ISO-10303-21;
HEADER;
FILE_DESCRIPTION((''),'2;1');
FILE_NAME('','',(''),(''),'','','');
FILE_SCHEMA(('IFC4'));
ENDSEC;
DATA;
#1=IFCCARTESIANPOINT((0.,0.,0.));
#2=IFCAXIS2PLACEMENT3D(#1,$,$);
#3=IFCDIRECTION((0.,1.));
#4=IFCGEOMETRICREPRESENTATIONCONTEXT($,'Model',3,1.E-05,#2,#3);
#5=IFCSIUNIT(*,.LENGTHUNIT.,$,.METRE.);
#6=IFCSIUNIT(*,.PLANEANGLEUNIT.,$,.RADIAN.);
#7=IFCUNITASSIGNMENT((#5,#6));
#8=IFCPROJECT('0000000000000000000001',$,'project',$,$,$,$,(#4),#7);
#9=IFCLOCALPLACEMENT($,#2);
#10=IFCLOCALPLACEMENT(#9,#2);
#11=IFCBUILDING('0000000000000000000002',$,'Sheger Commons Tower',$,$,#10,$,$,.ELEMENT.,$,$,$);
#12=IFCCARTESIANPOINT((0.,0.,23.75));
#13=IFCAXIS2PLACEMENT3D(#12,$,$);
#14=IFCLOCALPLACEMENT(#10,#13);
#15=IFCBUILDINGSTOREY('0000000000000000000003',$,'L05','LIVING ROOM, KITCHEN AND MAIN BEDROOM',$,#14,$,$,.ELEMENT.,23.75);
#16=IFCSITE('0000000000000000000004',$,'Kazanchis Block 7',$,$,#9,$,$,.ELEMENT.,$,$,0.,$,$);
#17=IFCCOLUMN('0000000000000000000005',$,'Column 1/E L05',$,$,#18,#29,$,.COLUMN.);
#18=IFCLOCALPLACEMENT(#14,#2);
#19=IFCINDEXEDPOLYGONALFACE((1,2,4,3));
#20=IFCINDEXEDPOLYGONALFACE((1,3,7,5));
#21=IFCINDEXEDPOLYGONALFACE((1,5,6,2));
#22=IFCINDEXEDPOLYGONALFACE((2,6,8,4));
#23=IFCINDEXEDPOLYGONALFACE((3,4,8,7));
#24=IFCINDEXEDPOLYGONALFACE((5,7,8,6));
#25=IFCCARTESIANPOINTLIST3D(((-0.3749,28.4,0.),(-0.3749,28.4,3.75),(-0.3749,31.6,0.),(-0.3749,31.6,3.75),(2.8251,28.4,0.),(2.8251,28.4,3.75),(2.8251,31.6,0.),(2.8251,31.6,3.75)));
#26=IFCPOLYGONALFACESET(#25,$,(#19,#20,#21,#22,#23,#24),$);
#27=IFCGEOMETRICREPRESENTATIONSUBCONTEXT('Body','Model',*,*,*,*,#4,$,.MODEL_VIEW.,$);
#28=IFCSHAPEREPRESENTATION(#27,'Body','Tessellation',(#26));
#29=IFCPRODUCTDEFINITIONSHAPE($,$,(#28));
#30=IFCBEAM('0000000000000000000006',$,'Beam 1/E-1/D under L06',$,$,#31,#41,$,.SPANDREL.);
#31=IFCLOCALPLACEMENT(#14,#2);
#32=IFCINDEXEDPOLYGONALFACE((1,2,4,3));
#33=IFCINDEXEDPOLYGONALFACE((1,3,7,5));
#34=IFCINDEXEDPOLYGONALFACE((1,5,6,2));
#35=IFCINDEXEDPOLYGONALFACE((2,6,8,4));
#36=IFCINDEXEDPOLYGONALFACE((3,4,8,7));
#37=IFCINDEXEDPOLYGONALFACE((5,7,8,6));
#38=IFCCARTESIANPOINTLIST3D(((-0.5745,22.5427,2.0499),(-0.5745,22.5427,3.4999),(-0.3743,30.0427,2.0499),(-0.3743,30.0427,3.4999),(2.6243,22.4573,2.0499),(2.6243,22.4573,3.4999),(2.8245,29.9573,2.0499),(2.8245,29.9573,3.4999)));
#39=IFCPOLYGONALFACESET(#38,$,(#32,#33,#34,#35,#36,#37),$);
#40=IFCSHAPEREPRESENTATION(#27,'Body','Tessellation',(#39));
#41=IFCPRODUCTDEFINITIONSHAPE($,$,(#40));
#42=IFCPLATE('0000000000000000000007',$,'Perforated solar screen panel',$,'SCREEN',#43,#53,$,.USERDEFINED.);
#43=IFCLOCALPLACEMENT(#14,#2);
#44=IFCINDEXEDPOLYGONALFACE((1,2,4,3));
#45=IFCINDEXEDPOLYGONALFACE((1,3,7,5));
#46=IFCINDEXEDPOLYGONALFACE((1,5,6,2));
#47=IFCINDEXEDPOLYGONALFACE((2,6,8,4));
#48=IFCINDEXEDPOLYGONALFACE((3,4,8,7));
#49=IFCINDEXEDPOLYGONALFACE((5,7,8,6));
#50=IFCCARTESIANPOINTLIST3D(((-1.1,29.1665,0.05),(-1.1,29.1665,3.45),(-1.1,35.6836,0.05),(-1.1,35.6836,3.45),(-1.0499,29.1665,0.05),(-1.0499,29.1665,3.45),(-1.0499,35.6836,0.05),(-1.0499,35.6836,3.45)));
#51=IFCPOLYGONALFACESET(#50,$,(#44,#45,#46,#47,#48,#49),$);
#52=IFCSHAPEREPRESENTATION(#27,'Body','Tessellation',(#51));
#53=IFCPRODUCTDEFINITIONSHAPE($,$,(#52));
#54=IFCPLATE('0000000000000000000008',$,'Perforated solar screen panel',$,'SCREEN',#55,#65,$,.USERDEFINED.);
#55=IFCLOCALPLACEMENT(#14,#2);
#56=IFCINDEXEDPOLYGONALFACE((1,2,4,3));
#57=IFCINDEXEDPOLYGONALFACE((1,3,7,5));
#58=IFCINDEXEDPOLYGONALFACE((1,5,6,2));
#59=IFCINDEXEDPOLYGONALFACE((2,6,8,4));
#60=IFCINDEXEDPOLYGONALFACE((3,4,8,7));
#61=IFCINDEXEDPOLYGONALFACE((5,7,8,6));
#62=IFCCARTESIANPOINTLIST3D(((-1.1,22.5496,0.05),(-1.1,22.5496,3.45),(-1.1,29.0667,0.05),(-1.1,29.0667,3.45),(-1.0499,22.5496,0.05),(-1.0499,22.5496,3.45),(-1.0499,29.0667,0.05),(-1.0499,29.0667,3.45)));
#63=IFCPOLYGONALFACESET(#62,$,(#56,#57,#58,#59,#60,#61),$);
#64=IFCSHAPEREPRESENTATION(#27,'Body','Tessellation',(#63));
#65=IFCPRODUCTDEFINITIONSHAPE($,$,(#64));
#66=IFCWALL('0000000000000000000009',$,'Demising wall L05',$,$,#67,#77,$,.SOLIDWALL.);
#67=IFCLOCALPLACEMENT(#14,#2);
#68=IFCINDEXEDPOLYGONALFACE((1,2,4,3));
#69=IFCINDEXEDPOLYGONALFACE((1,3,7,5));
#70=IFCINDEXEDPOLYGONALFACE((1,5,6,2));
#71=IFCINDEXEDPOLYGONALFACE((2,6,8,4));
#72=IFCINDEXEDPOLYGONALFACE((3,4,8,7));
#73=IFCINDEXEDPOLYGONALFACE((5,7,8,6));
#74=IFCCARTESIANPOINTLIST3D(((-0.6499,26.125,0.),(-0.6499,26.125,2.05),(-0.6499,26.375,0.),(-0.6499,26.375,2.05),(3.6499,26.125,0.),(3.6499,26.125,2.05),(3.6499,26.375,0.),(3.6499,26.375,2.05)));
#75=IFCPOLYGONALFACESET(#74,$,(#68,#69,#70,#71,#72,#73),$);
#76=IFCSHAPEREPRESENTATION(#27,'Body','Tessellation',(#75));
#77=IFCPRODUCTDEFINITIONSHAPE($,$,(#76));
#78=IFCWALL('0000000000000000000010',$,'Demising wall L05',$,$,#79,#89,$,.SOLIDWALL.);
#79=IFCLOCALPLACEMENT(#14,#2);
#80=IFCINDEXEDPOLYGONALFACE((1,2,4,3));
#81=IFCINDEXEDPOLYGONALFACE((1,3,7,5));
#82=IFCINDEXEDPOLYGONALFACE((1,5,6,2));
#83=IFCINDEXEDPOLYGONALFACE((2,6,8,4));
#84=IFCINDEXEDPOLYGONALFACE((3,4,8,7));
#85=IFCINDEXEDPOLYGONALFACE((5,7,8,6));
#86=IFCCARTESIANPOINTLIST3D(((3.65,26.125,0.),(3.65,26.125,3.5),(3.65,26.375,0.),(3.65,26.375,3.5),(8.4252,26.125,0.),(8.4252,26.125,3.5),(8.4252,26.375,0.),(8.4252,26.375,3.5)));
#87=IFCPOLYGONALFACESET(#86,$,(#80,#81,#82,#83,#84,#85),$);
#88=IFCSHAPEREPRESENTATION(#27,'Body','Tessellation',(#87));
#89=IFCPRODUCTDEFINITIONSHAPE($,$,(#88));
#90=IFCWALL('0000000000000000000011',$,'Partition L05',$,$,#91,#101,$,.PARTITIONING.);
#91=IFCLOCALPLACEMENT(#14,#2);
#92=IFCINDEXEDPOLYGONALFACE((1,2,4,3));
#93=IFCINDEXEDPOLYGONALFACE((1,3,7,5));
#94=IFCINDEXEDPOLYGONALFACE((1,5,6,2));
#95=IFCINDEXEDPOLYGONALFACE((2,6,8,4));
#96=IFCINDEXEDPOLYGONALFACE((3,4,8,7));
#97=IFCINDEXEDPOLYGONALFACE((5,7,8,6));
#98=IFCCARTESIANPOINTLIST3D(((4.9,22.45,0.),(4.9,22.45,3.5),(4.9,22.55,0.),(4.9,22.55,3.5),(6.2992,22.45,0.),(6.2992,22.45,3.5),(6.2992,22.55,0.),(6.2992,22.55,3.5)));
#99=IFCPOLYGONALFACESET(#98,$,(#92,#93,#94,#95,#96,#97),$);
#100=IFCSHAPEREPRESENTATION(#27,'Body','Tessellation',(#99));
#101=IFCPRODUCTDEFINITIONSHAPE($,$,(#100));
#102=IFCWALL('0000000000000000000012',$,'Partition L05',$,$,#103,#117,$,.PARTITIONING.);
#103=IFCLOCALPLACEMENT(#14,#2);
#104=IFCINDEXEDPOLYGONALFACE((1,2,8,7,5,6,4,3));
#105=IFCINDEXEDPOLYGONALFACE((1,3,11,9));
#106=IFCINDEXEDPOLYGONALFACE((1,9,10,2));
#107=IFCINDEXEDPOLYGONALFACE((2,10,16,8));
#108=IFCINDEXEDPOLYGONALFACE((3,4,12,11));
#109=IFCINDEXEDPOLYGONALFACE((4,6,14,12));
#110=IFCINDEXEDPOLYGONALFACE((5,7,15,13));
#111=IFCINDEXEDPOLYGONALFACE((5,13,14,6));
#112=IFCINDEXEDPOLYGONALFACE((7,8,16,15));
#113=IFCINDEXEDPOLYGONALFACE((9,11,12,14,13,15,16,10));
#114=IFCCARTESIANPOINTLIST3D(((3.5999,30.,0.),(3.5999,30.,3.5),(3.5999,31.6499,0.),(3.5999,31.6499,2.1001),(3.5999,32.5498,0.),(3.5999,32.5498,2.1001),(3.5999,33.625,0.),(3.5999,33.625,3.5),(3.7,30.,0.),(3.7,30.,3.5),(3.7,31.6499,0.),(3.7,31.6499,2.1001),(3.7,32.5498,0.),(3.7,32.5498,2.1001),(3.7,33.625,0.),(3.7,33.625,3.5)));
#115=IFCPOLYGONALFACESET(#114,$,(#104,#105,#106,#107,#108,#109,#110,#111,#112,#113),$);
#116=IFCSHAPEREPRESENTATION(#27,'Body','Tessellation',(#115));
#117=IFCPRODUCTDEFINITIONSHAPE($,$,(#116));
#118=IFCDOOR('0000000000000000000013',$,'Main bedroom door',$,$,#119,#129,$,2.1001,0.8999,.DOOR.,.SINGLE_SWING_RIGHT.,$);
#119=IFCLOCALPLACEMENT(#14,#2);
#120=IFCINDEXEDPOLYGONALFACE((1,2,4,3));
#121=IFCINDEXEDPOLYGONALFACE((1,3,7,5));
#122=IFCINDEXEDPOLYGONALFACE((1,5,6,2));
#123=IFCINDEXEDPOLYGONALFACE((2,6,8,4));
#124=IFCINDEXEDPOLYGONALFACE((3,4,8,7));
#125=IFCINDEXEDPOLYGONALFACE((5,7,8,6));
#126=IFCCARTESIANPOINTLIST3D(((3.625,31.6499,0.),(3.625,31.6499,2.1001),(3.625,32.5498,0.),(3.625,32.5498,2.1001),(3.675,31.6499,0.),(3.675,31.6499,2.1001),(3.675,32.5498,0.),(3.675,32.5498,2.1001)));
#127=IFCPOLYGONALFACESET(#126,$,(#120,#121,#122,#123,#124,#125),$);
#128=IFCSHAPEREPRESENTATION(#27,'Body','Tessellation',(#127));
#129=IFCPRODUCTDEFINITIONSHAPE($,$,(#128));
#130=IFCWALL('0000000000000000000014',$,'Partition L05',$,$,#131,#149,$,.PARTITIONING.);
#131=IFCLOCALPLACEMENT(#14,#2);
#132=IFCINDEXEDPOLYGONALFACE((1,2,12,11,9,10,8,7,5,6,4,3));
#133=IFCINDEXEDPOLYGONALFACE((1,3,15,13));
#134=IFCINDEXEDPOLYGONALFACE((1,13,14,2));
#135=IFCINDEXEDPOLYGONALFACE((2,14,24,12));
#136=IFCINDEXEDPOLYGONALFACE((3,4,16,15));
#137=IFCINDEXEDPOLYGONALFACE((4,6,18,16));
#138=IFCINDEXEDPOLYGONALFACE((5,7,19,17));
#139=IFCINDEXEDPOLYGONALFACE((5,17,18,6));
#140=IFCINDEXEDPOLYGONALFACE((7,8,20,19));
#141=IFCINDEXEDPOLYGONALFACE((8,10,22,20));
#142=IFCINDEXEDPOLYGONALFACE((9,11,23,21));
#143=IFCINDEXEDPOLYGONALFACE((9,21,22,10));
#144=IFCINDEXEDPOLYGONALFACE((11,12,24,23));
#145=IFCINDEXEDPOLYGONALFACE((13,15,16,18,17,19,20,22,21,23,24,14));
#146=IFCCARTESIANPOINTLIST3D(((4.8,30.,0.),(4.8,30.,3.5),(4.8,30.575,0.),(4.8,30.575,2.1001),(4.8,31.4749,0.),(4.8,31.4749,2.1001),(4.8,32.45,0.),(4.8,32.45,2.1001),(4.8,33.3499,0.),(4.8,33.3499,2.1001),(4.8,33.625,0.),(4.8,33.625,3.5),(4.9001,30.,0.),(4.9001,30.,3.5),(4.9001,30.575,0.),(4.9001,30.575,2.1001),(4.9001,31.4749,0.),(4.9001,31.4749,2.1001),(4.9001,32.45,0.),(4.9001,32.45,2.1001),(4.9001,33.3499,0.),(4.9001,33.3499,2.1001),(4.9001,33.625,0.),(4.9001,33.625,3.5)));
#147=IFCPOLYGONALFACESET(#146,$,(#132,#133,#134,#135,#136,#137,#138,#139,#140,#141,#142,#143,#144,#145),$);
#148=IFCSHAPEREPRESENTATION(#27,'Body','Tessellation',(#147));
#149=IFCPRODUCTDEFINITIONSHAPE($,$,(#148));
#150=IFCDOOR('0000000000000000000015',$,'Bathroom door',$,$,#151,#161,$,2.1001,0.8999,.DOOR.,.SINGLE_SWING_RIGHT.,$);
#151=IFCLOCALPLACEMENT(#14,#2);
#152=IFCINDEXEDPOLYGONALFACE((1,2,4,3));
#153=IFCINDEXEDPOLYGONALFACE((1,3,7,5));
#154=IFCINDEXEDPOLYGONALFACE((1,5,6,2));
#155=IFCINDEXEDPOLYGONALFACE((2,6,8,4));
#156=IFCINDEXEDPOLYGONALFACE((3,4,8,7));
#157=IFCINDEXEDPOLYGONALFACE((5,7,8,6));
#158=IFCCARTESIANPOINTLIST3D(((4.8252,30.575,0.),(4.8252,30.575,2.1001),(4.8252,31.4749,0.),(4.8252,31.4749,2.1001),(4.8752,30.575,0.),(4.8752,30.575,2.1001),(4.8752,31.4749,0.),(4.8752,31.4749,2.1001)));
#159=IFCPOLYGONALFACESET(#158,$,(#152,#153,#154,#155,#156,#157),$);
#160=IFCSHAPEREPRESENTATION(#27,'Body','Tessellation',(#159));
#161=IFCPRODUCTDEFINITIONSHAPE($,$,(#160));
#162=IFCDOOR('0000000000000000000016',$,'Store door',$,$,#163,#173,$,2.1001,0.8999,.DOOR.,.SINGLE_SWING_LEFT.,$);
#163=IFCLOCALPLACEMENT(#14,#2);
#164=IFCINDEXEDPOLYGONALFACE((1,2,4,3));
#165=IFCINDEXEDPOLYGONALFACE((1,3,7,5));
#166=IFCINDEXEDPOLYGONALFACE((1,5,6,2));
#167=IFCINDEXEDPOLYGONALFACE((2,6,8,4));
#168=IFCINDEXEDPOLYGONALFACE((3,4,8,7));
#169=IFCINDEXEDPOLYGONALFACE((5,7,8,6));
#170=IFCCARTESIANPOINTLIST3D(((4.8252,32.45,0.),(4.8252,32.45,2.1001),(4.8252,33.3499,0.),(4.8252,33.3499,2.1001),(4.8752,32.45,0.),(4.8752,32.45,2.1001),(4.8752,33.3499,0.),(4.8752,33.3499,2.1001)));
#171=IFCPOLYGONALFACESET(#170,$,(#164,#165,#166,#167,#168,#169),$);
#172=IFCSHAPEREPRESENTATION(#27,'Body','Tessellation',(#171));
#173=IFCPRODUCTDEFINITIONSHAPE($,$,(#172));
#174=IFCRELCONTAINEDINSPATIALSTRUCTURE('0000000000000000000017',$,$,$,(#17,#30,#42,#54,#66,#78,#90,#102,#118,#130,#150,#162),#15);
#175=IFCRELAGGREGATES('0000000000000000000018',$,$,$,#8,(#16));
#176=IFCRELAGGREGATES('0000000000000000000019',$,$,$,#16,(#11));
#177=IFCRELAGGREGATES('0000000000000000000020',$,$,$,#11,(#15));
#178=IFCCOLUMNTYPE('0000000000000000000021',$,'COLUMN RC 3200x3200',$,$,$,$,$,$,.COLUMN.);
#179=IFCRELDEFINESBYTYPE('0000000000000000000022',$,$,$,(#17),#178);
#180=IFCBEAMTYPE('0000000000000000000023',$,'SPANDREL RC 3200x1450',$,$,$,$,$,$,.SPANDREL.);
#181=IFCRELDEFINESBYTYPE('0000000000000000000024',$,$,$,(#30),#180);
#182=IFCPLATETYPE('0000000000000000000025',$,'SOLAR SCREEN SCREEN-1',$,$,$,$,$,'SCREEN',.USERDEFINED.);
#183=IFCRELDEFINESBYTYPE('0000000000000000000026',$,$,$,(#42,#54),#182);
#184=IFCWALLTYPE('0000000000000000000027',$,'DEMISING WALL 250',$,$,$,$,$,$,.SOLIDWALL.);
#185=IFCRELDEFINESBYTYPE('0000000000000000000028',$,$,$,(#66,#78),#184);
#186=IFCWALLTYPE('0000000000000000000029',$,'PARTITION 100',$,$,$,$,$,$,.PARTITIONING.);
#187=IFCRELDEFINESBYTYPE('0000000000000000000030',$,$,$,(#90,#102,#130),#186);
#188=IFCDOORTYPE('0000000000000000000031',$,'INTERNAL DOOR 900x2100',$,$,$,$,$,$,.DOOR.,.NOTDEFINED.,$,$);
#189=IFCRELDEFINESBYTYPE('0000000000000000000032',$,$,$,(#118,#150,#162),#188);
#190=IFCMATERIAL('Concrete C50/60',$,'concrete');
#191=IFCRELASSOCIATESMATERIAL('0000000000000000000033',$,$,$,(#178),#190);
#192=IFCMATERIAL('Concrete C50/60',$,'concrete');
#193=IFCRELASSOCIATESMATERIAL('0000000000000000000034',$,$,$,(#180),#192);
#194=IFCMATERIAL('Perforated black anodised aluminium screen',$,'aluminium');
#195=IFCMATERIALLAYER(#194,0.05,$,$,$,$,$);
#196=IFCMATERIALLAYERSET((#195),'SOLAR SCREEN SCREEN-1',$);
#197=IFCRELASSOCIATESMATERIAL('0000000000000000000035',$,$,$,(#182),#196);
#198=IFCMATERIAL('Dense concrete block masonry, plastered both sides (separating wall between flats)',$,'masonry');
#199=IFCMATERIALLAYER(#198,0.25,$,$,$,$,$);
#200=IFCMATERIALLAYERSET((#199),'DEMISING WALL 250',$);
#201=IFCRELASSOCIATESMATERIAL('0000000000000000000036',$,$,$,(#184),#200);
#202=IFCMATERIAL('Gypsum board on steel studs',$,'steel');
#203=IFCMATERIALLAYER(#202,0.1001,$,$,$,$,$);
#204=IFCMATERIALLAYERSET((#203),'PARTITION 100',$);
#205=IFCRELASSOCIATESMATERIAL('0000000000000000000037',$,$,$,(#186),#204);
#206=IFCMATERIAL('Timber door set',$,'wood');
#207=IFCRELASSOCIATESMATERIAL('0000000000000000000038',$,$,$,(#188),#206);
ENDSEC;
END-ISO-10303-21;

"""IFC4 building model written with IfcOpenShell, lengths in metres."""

from ifc_helpers import new_model, si_unit, direction, frame, frame_2d, origin, origin_2d, place, context, subcontext, project, spatial, rectangle, extrude, material, layer, layer_set, material_profile, profile_set, type_object, element, fill, save


model = new_model("IFC4")

# Units and contexts
model_context = context("Model", 3, precision=1e-05, world=origin(), true_north=direction((0.0, 1.0)))
body_context = subcontext(model_context, "Body", "Model", "MODEL_VIEW")
ifc_project = project(units=[si_unit("LENGTHUNIT", "METRE"), si_unit("PLANEANGLEUNIT", "RADIAN")], contexts=[model_context])

# Site, building, storey
site_placement = place(None, origin())
site = spatial("IfcSite", under=ifc_project, at=site_placement, Name="Kazanchis Block 7", CompositionType="ELEMENT", RefElevation=0.0)
building_placement = place(site_placement, origin())
building = spatial("IfcBuilding", under=site, at=building_placement, Name="Sheger Commons Tower", CompositionType="ELEMENT")
storey_placement = place(building_placement, frame((0.0, 0.0, 23.75)))
storey = spatial("IfcBuildingStorey", under=building, at=storey_placement, Name="L05", Description="LIVING ROOM, KITCHEN AND MAIN BEDROOM", CompositionType="ELEMENT", Elevation=23.75)

# Column
ifc_material_1 = material(Name="Concrete C50/60", Category="concrete")
ifc_material_profile_1 = material_profile(ifc_material_1, rectangle(XDim=3.2, YDim=3.2, at=origin_2d()), Name="RC 3200x3200")
ifc_profile_set_1 = profile_set([ifc_material_profile_1], Name="Concrete C50/60")
column_type = type_object("IfcColumnType", Name="COLUMN RC 3200x3200", PredefinedType="COLUMN", material=ifc_profile_set_1)
column_placement = place(storey_placement, frame((1.2251, 30.0, 0.0), z_axis=(0.0, 0.0, 1.0), x_axis=(1.0, 0.0, 0.0)))
element("IfcColumn", 1, at=column_placement, inside=storey, type_object=column_type, Name="Column 1/E L05", PredefinedType="COLUMN", context=body_context, shape_type="SweptSolid", body=[
    extrude(rectangle(XDim=3.2, YDim=3.2, at=origin_2d()), origin(), (0.0, 0.0, 1.0), 3.75),
])

# Beam
ifc_material_2 = material(Name="Concrete C50/60", Category="concrete")
ifc_material_profile_2 = material_profile(ifc_material_2, rectangle(XDim=3.2, YDim=1.45, at=origin_2d()), Name="RC 3200x1450")
ifc_profile_set_2 = profile_set([ifc_material_profile_2], Name="Concrete C50/60")
beam_type = type_object("IfcBeamType", Name="SPANDREL RC 3200x1450", PredefinedType="SPANDREL", material=ifc_profile_set_2)
beam_placement = place(storey_placement, frame((1.2251, 30.0, 2.7749), z_axis=(-0.026683, -0.999644, 0.0), x_axis=(0.999644, -0.026683, 0.0)))
element("IfcBeam", 2, at=beam_placement, inside=storey, type_object=beam_type, Name="Beam 1/E-1/D under L06", PredefinedType="SPANDREL", context=body_context, shape_type="SweptSolid", body=[
    extrude(rectangle(XDim=3.2, YDim=1.45, at=origin_2d()), origin(), (0.0, 0.0, 1.0), 7.5027),
])

# Plates
ifc_material_3 = material(Name="Perforated black anodised aluminium screen", Category="aluminium")
ifc_layer_1 = layer(ifc_material_3, 0.05)
ifc_layer_set_1 = layer_set([ifc_layer_1], Name="SOLAR SCREEN SCREEN-1")
plate_type = type_object("IfcPlateType", Name="SOLAR SCREEN SCREEN-1", ElementType="SCREEN", PredefinedType="USERDEFINED", material=ifc_layer_set_1)
for number, where, z_axis, x_axis, name in (
    (3, (-1.075, 32.425, 0.05), (0.0, 0.0, 1.0), (0.0, -1.0, 0.0), "Perforated solar screen panel"),
    (4, (-1.075, 25.8081, 0.05), (0.0, 0.0, 1.0), (0.0, -1.0, 0.0), "Perforated solar screen panel"),
):
    element("IfcPlate", number, at=place(storey_placement, frame(where, z_axis=z_axis, x_axis=x_axis)), inside=storey, type_object=plate_type, Name=name, ObjectType="SCREEN", PredefinedType="USERDEFINED", context=body_context, shape_type="SweptSolid", body=[
        extrude(rectangle(XDim=6.5171, YDim=0.05, at=origin_2d()), origin(), (0.0, 0.0, 1.0), 3.3999),
    ])

# Walls
ifc_material_4 = material(Name="Dense concrete block masonry, plastered both sides (separating wall between flats)", Category="masonry")
ifc_layer_2 = layer(ifc_material_4, 0.25)
ifc_layer_set_2 = layer_set([ifc_layer_2], Name="DEMISING WALL 250")
wall_type_1 = type_object("IfcWallType", Name="DEMISING WALL 250", PredefinedType="SOLIDWALL", material=ifc_layer_set_2)
wall_1_placement = place(storey_placement, frame((-0.6499, 26.25, 0.0), z_axis=(0.0, 0.0, 1.0), x_axis=(1.0, 0.0, 0.0)))
element("IfcWall", 5, at=wall_1_placement, inside=storey, type_object=wall_type_1, Name="Demising wall L05", PredefinedType="SOLIDWALL", context=body_context, shape_type="SweptSolid", body=[
    extrude(rectangle(XDim=4.2998, YDim=0.25, at=frame_2d((2.1499, 0.0))), origin(), (0.0, 0.0, 1.0), 2.05),
])
wall_2_placement = place(storey_placement, frame((3.6499, 26.25, 0.0), z_axis=(0.0, 0.0, 1.0), x_axis=(1.0, 0.0, 0.0)))
element("IfcWall", 6, at=wall_2_placement, inside=storey, type_object=wall_type_1, Name="Demising wall L05", PredefinedType="SOLIDWALL", context=body_context, shape_type="SweptSolid", body=[
    extrude(rectangle(XDim=4.7751, YDim=0.25, at=frame_2d((2.3877, 0.0))), origin(), (0.0, 0.0, 1.0), 3.5),
])
ifc_material_5 = material(Name="Gypsum board on steel studs", Category="steel")
ifc_layer_3 = layer(ifc_material_5, 0.1001)
ifc_layer_set_3 = layer_set([ifc_layer_3], Name="PARTITION 100")
wall_type_2 = type_object("IfcWallType", Name="PARTITION 100", PredefinedType="PARTITIONING", material=ifc_layer_set_3)
wall_3_placement = place(storey_placement, frame((4.8999, 22.5, 0.0), z_axis=(0.0, 0.0, 1.0), x_axis=(1.0, 0.0, 0.0)))
element("IfcWall", 7, at=wall_3_placement, inside=storey, type_object=wall_type_2, Name="Partition L05", PredefinedType="PARTITIONING", context=body_context, shape_type="SweptSolid", body=[
    extrude(rectangle(XDim=1.3992, YDim=0.1001, at=frame_2d((0.6997, 0.0))), origin(), (0.0, 0.0, 1.0), 3.5),
])

# Wall, opening, door
wall_4_placement = place(storey_placement, frame((3.6499, 30.0, 0.0), z_axis=(0.0, 0.0, 1.0), x_axis=(0.0, 1.0, 0.0)))
wall_4 = element("IfcWall", 8, at=wall_4_placement, inside=storey, type_object=wall_type_2, Name="Partition L05", PredefinedType="PARTITIONING", context=body_context, shape_type="SweptSolid", body=[
    extrude(rectangle(XDim=3.625, YDim=0.1001, at=frame_2d((1.8125, 0.0))), origin(), (0.0, 0.0, 1.0), 3.5),
])
opening_1_placement = place(wall_4_placement, frame((1.6499, 0.0, 0.0)))
opening_1 = element("IfcOpeningElement", 9, at=opening_1_placement, cuts=wall_4, PredefinedType="OPENING", context=body_context, shape_type="SweptSolid", body=[
    extrude(rectangle(XDim=0.8999, YDim=2.1001, at=frame_2d((0.45, 1.05))), frame((0.0, 0.0601, 0.0), z_axis=(0.0, -1.0, 0.0), x_axis=(1.0, 0.0, 0.0)), (0.0, 0.0, 1.0), 0.1201),
])
ifc_material_6 = material(Name="Timber door set", Category="wood")
door_type = type_object("IfcDoorType", Name="INTERNAL DOOR 900x2100", OperationType="NOTDEFINED", PredefinedType="DOOR", material=ifc_material_6)
door_1_placement = place(opening_1_placement, origin())
door_1 = element("IfcDoor", 10, at=door_1_placement, inside=storey, type_object=door_type, Name="Main bedroom door", OperationType="SINGLE_SWING_RIGHT", OverallHeight=2.1001, OverallWidth=0.8999, PredefinedType="DOOR", context=body_context, shape_type="SweptSolid", body=[
    extrude(rectangle(XDim=0.8999, YDim=2.1001, at=frame_2d((0.45, 1.05))), frame((0.0, 0.0249, 0.0), z_axis=(0.0, -1.0, 0.0), x_axis=(1.0, 0.0, 0.0)), (0.0, 0.0, 1.0), 0.05),
])
fill(opening_1, door_1)

# Wall, openings, doors
wall_5_placement = place(storey_placement, frame((4.8501, 30.0, 0.0), z_axis=(0.0, 0.0, 1.0), x_axis=(0.0, 1.0, 0.0)))
wall_5 = element("IfcWall", 11, at=wall_5_placement, inside=storey, type_object=wall_type_2, Name="Partition L05", PredefinedType="PARTITIONING", context=body_context, shape_type="SweptSolid", body=[
    extrude(rectangle(XDim=3.625, YDim=0.1001, at=frame_2d((1.8125, 0.0))), origin(), (0.0, 0.0, 1.0), 3.5),
])
opening_2_placement = place(wall_5_placement, frame((0.575, 0.0, 0.0)))
opening_2 = element("IfcOpeningElement", 12, at=opening_2_placement, cuts=wall_5, PredefinedType="OPENING", context=body_context, shape_type="SweptSolid", body=[
    extrude(rectangle(XDim=0.8999, YDim=2.1001, at=frame_2d((0.45, 1.05))), frame((0.0, 0.0601, 0.0), z_axis=(0.0, -1.0, 0.0), x_axis=(1.0, 0.0, 0.0)), (0.0, 0.0, 1.0), 0.1201),
])
opening_3_placement = place(wall_5_placement, frame((2.45, 0.0, 0.0)))
opening_3 = element("IfcOpeningElement", 13, at=opening_3_placement, cuts=wall_5, PredefinedType="OPENING", context=body_context, shape_type="SweptSolid", body=[
    extrude(rectangle(XDim=0.8999, YDim=2.1001, at=frame_2d((0.45, 1.05))), frame((0.0, 0.0601, 0.0), z_axis=(0.0, -1.0, 0.0), x_axis=(1.0, 0.0, 0.0)), (0.0, 0.0, 1.0), 0.1201),
])
door_2_placement = place(opening_2_placement, origin())
door_2 = element("IfcDoor", 14, at=door_2_placement, inside=storey, type_object=door_type, Name="Bathroom door", OperationType="SINGLE_SWING_RIGHT", OverallHeight=2.1001, OverallWidth=0.8999, PredefinedType="DOOR", context=body_context, shape_type="SweptSolid", body=[
    extrude(rectangle(XDim=0.8999, YDim=2.1001, at=frame_2d((0.45, 1.05))), frame((0.0, 0.0249, 0.0), z_axis=(0.0, -1.0, 0.0), x_axis=(1.0, 0.0, 0.0)), (0.0, 0.0, 1.0), 0.05),
])
fill(opening_2, door_2)
door_3_placement = place(opening_3_placement, origin())
door_3 = element("IfcDoor", 15, at=door_3_placement, inside=storey, type_object=door_type, Name="Store door", OperationType="SINGLE_SWING_LEFT", OverallHeight=2.1001, OverallWidth=0.8999, PredefinedType="DOOR", context=body_context, shape_type="SweptSolid", body=[
    extrude(rectangle(XDim=0.8999, YDim=2.1001, at=frame_2d((0.45, 1.05))), frame((0.0, 0.0249, 0.0), z_axis=(0.0, -1.0, 0.0), x_axis=(1.0, 0.0, 0.0)), (0.0, 0.0, 1.0), 0.05),
])
fill(opening_3, door_3)

save(model, "model.ifc")
